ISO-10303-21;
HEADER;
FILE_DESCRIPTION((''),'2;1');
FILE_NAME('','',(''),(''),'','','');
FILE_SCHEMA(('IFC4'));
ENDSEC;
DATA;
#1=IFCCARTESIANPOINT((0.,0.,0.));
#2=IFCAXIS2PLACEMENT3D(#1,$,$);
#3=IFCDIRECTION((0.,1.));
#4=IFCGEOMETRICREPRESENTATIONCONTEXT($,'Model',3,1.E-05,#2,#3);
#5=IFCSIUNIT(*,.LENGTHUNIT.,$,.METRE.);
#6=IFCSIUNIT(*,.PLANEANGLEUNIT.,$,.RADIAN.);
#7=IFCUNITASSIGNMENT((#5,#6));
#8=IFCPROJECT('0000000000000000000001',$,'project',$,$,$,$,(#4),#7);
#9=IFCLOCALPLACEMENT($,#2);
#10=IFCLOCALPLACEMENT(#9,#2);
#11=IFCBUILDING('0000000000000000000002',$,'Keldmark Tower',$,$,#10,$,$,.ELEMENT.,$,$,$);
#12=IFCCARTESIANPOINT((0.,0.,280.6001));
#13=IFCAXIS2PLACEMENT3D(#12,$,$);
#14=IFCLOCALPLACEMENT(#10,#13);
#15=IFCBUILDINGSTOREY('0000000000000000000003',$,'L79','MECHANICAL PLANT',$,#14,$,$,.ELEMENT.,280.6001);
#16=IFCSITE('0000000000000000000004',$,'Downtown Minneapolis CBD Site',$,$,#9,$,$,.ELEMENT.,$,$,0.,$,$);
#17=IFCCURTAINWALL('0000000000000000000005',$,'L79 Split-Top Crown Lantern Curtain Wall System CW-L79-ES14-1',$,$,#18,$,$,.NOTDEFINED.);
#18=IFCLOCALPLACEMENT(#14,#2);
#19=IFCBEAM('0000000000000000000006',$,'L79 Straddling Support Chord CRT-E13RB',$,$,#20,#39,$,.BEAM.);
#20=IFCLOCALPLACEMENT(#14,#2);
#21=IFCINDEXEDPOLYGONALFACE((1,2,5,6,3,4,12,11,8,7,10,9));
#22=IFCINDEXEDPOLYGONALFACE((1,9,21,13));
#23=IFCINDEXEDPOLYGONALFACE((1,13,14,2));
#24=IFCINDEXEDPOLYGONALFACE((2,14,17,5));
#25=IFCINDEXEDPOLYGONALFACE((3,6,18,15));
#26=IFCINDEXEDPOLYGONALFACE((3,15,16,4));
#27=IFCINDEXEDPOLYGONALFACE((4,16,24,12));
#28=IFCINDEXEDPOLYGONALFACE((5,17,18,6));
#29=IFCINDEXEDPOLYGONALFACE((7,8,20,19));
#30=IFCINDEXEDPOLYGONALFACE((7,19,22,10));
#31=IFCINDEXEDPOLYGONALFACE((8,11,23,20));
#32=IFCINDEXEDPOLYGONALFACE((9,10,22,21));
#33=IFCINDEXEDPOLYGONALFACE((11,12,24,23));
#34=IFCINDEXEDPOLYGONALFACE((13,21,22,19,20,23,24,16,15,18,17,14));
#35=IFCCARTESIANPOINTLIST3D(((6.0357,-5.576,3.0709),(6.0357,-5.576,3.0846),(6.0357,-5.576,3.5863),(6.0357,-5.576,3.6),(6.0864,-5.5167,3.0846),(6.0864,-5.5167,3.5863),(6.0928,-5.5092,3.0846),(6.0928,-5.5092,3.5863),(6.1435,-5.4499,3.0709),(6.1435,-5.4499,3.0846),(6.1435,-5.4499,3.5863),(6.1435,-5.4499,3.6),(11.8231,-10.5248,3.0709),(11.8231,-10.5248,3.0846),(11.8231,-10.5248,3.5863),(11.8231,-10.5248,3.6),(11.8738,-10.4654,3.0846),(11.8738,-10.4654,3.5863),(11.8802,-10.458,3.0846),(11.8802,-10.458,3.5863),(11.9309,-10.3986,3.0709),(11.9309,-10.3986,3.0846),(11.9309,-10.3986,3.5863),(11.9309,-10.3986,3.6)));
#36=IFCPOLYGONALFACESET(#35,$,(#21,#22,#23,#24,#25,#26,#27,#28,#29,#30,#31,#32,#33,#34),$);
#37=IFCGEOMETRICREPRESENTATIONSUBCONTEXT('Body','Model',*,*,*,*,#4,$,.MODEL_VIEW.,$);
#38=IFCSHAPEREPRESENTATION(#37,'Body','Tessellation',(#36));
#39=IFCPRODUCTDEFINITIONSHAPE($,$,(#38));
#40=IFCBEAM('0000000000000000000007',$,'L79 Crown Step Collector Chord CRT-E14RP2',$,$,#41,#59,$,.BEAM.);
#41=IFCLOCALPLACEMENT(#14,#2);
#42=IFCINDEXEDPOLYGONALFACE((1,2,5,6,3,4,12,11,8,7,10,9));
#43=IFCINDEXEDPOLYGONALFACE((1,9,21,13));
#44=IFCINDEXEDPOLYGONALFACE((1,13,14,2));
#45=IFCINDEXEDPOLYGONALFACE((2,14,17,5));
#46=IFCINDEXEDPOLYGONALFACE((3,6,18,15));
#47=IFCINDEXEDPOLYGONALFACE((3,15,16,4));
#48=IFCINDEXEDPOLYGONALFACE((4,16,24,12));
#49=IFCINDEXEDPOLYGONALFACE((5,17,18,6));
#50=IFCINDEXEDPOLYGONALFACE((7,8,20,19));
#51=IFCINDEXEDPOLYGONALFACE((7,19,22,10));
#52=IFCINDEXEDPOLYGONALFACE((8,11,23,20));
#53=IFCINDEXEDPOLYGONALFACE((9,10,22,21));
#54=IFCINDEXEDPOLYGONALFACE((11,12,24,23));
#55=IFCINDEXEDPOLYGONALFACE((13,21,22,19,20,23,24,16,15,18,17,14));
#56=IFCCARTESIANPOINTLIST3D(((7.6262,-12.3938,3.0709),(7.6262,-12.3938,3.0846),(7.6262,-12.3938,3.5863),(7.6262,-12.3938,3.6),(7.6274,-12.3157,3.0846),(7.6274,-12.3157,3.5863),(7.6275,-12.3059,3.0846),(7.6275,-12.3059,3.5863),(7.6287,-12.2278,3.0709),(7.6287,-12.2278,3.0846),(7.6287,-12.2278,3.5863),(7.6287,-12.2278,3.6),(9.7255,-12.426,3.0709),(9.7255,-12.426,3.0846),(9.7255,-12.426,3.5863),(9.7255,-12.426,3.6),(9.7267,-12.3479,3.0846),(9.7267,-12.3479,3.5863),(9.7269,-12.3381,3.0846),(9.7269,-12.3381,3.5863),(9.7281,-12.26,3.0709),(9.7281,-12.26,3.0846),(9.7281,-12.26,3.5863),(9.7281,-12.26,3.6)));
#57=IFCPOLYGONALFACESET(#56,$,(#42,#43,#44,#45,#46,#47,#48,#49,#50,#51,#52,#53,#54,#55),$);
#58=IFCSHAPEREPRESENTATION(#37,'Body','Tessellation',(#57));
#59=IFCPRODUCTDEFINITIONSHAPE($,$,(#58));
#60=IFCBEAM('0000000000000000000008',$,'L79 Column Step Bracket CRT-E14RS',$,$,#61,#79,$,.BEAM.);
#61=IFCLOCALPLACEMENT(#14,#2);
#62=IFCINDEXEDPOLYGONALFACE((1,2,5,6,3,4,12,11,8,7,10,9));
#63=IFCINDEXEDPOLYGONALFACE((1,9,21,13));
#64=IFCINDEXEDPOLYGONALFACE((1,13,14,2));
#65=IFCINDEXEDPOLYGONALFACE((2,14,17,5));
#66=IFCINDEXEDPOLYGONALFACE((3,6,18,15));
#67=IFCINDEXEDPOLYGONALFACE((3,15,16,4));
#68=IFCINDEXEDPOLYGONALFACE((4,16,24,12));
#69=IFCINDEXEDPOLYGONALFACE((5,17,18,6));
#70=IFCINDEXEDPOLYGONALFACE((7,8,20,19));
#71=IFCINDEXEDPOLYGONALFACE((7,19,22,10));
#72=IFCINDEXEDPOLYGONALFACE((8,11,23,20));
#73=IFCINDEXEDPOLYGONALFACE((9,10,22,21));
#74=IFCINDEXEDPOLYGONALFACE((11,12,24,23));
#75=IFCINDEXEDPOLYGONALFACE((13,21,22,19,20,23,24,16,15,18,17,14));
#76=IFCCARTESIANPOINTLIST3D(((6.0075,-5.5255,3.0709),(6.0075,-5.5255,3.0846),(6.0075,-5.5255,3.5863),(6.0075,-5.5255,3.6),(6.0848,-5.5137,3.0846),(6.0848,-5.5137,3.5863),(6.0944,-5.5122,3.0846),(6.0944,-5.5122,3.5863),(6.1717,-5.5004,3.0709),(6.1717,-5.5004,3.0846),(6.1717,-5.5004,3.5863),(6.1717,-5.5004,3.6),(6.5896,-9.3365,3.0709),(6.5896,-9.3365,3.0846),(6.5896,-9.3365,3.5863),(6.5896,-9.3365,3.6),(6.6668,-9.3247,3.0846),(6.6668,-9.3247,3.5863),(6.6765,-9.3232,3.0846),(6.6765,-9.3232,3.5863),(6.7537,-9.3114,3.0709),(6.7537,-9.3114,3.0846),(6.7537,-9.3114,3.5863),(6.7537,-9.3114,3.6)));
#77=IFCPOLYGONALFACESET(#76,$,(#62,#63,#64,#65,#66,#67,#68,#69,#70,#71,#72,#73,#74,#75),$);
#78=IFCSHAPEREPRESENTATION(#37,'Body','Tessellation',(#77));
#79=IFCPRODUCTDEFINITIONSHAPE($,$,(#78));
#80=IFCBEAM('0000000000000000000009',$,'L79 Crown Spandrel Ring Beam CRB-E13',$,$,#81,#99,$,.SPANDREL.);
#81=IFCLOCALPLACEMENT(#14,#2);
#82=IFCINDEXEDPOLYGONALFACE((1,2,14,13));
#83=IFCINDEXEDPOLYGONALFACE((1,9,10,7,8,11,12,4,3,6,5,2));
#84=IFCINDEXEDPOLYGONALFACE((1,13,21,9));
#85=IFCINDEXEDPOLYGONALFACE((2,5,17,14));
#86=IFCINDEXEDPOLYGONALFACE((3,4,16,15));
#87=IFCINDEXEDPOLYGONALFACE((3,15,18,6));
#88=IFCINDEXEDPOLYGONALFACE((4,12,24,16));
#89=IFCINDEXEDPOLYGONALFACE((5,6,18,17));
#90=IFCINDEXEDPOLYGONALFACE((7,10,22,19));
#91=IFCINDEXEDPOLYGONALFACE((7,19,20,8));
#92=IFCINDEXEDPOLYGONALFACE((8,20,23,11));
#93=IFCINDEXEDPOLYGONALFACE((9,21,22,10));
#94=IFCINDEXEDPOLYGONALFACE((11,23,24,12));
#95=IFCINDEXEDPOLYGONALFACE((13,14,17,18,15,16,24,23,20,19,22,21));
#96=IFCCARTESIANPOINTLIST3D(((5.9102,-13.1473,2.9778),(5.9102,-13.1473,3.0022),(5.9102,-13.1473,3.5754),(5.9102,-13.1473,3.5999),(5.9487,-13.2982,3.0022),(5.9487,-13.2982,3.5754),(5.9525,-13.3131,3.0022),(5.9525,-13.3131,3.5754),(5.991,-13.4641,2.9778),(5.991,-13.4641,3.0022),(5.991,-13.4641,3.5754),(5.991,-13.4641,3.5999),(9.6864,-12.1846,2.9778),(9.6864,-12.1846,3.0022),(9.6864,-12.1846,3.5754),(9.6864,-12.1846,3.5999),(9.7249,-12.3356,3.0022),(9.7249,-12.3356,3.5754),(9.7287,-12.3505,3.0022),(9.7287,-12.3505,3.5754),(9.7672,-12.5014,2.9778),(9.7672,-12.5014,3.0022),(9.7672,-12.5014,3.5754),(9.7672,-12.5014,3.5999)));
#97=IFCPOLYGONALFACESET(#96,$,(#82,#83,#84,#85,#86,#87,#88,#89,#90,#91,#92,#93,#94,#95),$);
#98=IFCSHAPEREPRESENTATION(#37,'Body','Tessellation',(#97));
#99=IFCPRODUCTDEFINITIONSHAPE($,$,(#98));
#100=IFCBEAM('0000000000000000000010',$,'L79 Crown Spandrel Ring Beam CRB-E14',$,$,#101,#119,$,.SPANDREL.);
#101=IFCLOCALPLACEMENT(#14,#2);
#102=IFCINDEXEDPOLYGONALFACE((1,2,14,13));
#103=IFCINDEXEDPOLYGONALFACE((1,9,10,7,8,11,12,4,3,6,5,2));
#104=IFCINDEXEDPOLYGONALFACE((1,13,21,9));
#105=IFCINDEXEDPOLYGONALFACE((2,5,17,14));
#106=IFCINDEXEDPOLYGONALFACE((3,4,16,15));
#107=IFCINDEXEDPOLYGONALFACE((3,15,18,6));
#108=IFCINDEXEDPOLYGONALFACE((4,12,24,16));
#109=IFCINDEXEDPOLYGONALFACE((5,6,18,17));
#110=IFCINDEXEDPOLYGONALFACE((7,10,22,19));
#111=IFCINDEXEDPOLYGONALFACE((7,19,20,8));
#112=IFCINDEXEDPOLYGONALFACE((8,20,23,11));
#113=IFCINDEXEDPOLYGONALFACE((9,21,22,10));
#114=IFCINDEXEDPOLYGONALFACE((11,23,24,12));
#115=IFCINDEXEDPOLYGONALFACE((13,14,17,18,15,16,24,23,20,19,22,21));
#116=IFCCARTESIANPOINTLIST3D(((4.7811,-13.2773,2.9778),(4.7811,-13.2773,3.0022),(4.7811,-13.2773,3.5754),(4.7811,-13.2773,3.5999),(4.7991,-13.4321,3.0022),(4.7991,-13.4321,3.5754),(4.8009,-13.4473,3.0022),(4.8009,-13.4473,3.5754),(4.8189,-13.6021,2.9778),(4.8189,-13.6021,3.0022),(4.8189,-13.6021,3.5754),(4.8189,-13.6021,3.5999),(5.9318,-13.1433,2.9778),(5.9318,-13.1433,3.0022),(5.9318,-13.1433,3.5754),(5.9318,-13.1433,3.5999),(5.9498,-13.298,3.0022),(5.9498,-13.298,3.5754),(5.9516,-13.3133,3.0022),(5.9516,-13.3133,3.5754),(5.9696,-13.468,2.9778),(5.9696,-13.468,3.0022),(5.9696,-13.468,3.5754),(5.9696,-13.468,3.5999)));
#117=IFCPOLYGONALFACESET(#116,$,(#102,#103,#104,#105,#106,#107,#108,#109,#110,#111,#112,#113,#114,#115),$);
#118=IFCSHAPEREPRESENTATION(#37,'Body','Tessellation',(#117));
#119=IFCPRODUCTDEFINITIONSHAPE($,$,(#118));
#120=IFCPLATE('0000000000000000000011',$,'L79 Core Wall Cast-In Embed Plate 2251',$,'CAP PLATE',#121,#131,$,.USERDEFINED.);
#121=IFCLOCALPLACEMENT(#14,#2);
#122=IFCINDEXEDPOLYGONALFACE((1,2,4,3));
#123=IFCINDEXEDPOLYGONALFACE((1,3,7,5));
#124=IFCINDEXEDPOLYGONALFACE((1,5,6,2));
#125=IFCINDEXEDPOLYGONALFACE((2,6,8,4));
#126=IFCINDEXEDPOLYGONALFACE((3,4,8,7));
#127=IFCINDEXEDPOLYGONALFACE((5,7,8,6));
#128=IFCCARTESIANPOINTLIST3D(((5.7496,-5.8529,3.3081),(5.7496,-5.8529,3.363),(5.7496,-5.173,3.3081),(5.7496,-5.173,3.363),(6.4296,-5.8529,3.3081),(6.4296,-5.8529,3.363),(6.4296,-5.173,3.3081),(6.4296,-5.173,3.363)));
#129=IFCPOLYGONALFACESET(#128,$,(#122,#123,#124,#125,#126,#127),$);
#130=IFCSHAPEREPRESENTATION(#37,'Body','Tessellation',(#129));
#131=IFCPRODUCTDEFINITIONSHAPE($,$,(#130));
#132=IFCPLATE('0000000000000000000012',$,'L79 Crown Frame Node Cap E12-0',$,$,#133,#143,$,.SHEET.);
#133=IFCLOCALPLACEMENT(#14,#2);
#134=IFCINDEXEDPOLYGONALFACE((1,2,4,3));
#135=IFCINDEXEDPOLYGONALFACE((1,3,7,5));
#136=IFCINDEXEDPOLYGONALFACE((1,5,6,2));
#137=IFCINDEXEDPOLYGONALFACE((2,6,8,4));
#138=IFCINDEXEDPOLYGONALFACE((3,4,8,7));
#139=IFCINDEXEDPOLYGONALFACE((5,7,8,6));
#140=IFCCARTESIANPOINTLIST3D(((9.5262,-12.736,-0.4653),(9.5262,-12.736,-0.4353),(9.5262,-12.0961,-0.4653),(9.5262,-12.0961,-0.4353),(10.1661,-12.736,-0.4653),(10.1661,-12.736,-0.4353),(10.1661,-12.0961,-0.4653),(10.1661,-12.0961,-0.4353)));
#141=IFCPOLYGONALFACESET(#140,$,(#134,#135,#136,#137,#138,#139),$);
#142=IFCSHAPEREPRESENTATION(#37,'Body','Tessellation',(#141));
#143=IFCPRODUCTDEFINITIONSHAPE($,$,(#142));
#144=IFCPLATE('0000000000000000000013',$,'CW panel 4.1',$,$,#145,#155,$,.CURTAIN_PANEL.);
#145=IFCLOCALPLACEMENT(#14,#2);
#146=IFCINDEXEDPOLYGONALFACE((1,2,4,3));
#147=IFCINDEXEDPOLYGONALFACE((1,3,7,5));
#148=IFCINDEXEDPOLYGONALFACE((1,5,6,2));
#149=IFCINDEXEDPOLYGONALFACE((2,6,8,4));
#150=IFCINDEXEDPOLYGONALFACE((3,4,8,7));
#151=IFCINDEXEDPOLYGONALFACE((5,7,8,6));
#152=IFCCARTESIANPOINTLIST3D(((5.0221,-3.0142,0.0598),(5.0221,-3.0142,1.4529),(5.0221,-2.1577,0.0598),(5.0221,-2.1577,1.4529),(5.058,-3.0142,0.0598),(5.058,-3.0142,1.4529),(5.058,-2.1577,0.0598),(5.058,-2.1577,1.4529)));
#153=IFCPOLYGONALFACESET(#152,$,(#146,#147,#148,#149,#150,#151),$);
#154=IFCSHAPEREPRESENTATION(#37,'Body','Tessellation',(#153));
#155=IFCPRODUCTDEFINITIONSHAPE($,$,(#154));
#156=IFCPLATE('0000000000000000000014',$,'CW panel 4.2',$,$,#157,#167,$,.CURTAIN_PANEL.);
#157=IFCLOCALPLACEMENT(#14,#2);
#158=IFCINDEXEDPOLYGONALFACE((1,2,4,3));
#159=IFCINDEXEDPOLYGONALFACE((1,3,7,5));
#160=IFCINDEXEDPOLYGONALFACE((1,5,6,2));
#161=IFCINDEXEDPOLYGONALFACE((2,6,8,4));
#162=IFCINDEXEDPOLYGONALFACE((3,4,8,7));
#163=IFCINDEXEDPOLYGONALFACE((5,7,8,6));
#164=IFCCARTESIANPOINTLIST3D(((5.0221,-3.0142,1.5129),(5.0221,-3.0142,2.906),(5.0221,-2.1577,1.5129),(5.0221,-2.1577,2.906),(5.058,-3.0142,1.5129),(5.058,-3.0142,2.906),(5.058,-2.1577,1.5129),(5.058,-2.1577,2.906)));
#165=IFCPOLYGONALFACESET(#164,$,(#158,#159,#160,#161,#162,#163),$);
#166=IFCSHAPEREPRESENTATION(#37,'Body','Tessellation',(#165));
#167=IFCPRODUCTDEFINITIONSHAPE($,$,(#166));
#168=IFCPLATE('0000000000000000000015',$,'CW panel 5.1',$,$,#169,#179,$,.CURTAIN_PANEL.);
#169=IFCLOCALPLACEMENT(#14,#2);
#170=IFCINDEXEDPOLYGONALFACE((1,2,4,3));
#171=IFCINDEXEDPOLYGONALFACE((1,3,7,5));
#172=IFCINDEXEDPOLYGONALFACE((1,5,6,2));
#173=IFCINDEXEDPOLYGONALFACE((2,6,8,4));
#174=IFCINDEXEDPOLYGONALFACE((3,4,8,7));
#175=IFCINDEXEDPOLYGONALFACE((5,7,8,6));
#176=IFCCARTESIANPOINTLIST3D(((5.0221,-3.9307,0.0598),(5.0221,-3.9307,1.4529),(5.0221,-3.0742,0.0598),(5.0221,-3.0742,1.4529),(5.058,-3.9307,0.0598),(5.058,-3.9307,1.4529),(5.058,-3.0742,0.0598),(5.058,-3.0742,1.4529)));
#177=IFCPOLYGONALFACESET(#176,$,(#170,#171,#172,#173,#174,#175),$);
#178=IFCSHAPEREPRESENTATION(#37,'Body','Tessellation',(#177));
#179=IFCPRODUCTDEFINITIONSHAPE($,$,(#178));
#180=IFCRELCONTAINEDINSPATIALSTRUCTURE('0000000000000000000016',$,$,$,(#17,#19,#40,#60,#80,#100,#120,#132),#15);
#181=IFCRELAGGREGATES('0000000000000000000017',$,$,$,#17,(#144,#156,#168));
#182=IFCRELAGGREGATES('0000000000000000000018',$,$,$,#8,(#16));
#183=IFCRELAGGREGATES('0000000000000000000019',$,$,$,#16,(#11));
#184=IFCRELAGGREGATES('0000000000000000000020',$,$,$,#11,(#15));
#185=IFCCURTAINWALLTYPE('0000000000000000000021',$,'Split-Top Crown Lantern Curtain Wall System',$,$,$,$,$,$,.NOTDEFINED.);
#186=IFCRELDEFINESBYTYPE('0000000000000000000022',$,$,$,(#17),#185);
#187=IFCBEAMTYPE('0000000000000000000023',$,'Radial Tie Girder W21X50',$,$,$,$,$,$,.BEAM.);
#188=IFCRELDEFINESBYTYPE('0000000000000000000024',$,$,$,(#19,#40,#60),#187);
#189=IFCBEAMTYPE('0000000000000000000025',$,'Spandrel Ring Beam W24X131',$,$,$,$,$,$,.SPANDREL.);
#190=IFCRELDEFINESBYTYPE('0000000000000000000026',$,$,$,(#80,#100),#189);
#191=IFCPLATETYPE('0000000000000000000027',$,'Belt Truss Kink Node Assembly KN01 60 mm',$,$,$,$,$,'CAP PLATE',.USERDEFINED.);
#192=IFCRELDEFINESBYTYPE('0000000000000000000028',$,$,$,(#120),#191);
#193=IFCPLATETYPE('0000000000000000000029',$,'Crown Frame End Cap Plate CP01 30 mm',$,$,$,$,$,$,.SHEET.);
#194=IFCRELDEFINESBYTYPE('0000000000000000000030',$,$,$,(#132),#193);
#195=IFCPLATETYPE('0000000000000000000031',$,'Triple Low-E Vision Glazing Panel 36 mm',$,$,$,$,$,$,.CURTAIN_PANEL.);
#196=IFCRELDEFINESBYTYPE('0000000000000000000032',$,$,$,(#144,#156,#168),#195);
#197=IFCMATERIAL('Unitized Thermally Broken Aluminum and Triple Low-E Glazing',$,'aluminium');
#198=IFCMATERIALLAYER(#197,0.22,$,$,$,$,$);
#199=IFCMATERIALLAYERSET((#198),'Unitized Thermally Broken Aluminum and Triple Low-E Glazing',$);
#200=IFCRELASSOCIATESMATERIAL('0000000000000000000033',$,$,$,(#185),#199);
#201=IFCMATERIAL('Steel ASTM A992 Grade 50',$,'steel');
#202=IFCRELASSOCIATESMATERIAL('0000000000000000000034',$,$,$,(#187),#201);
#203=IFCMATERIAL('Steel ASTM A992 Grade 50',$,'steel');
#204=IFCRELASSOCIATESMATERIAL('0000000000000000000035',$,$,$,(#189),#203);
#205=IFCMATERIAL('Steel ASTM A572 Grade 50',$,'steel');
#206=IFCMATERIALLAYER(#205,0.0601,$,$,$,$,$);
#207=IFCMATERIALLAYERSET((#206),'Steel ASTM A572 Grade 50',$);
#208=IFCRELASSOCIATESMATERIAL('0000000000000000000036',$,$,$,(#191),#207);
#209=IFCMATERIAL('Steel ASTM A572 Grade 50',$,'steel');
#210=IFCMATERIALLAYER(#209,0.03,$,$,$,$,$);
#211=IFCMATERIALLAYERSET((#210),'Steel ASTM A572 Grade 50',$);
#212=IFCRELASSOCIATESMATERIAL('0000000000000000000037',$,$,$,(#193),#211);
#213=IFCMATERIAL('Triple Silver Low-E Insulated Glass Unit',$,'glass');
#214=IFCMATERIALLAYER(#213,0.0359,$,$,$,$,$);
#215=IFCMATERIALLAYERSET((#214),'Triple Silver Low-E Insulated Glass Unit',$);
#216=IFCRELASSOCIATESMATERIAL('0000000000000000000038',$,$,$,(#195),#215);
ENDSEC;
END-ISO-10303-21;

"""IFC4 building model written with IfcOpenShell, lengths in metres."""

from ifc_helpers import new_model, si_unit, direction, frame, origin, origin_2d, place, context, subcontext, project, spatial, rectangle, i_section, extrude, material, layer, layer_set, material_profile, profile_set, type_object, element, aggregate, save


model = new_model("IFC4")

# Units and contexts
model_context = context("Model", 3, precision=1e-05, world=origin(), true_north=direction((0.0, 1.0)))
body_context = subcontext(model_context, "Body", "Model", "MODEL_VIEW")
ifc_project = project(units=[si_unit("LENGTHUNIT", "METRE"), si_unit("PLANEANGLEUNIT", "RADIAN")], contexts=[model_context])

# Site, building, storey
site_placement = place(None, origin())
site = spatial("IfcSite", under=ifc_project, at=site_placement, Name="Downtown Minneapolis CBD Site", CompositionType="ELEMENT", RefElevation=0.0)
building_placement = place(site_placement, origin())
building = spatial("IfcBuilding", under=site, at=building_placement, Name="Keldmark Tower", CompositionType="ELEMENT")
storey_placement = place(building_placement, frame((0.0, 0.0, 280.6001)))
storey = spatial("IfcBuildingStorey", under=building, at=storey_placement, Name="L79", Description="MECHANICAL PLANT", CompositionType="ELEMENT", Elevation=280.6001)

# Curtain wall
ifc_material_1 = material(Name="Unitized Thermally Broken Aluminum and Triple Low-E Glazing", Category="aluminium")
ifc_layer_1 = layer(ifc_material_1, 0.22)
ifc_layer_set_1 = layer_set([ifc_layer_1], Name="Unitized Thermally Broken Aluminum and Triple Low-E Glazing")
curtain_wall_type = type_object("IfcCurtainWallType", Name="Split-Top Crown Lantern Curtain Wall System", PredefinedType="NOTDEFINED", material=ifc_layer_set_1)
curtain_wall_placement = place(storey_placement, origin())
curtain_wall = element("IfcCurtainWall", 1, at=curtain_wall_placement, inside=storey, type_object=curtain_wall_type, Name="L79 Split-Top Crown Lantern Curtain Wall System CW-L79-ES14-1", PredefinedType="NOTDEFINED")

# Beams
ifc_material_2 = material(Name="Steel ASTM A992 Grade 50", Category="steel")
ifc_material_profile_1 = material_profile(ifc_material_2, i_section(OverallWidth=0.166, OverallDepth=0.5291, WebThickness=0.0098, FlangeThickness=0.0137, at=origin_2d()), Name="W21X50")
ifc_profile_set_1 = profile_set([ifc_material_profile_1], Name="Steel ASTM A992 Grade 50")
beam_type_1 = type_object("IfcBeamType", Name="Radial Tie Girder W21X50", PredefinedType="BEAM", material=ifc_profile_set_1)
beam_1_placement = place(storey_placement, frame((6.0896, -5.5129, 3.3354), z_axis=(0.760026, -0.649893, 0.0), x_axis=(0.649893, 0.760026, 0.0)))
element("IfcBeam", 2, at=beam_1_placement, inside=storey, type_object=beam_type_1, Name="L79 Straddling Support Chord CRT-E13RB", PredefinedType="BEAM", context=body_context, shape_type="SweptSolid", body=[
    extrude(i_section(OverallWidth=0.166, OverallDepth=0.5291, WebThickness=0.0098, FlangeThickness=0.0137, at=origin_2d()), origin(), (0.0, 0.0, 1.0), 7.6147),
])
beam_2_placement = place(storey_placement, frame((7.6274, -12.3108, 3.3354), z_axis=(0.999882, -0.015349, 0.0), x_axis=(0.015349, 0.999882, 0.0)))
element("IfcBeam", 3, at=beam_2_placement, inside=storey, type_object=beam_type_1, Name="L79 Crown Step Collector Chord CRT-E14RP2", PredefinedType="BEAM", context=body_context, shape_type="SweptSolid", body=[
    extrude(i_section(OverallWidth=0.166, OverallDepth=0.5291, WebThickness=0.0098, FlangeThickness=0.0137, at=origin_2d()), origin(), (0.0, 0.0, 1.0), 2.0996),
])
beam_3_placement = place(storey_placement, frame((6.0896, -5.5129, 3.3354), z_axis=(0.150972, -0.988538, 0.0), x_axis=(0.988538, 0.150972, 0.0)))
element("IfcBeam", 4, at=beam_3_placement, inside=storey, type_object=beam_type_1, Name="L79 Column Step Bracket CRT-E14RS", PredefinedType="BEAM", context=body_context, shape_type="SweptSolid", body=[
    extrude(i_section(OverallWidth=0.166, OverallDepth=0.5291, WebThickness=0.0098, FlangeThickness=0.0137, at=origin_2d()), origin(), (0.0, 0.0, 1.0), 3.8552),
])
ifc_material_3 = material(Name="Steel ASTM A992 Grade 50", Category="steel")
ifc_material_profile_2 = material_profile(ifc_material_3, i_section(OverallWidth=0.3269, OverallDepth=0.6221, WebThickness=0.0154, FlangeThickness=0.0244, at=origin_2d()), Name="W24X131")
ifc_profile_set_2 = profile_set([ifc_material_profile_2], Name="Steel ASTM A992 Grade 50")
beam_type_2 = type_object("IfcBeamType", Name="Spandrel Ring Beam W24X131", PredefinedType="SPANDREL", material=ifc_profile_set_2)
beam_4_placement = place(storey_placement, frame((9.7268, -12.343, 3.2888), z_axis=(-0.969008, -0.247029, 0.0), x_axis=(0.247029, -0.969008, 0.0)))
element("IfcBeam", 5, at=beam_4_placement, inside=storey, type_object=beam_type_2, Name="L79 Crown Spandrel Ring Beam CRB-E13", PredefinedType="SPANDREL", context=body_context, shape_type="SweptSolid", body=[
    extrude(i_section(OverallWidth=0.3269, OverallDepth=0.6221, WebThickness=0.0154, FlangeThickness=0.0244, at=origin_2d()), origin(), (0.0, 0.0, 1.0), 3.897),
])
beam_5_placement = place(storey_placement, frame((5.9507, -13.3057, 3.2888), z_axis=(-0.993284, -0.115704, 0.0), x_axis=(0.115704, -0.993284, 0.0)))
element("IfcBeam", 6, at=beam_5_placement, inside=storey, type_object=beam_type_2, Name="L79 Crown Spandrel Ring Beam CRB-E14", PredefinedType="SPANDREL", context=body_context, shape_type="SweptSolid", body=[
    extrude(i_section(OverallWidth=0.3269, OverallDepth=0.6221, WebThickness=0.0154, FlangeThickness=0.0244, at=origin_2d()), origin(), (0.0, 0.0, 1.0), 1.1584),
])

# Plates
ifc_material_4 = material(Name="Steel ASTM A572 Grade 50", Category="steel")
ifc_layer_2 = layer(ifc_material_4, 0.0601)
ifc_layer_set_2 = layer_set([ifc_layer_2], Name="Steel ASTM A572 Grade 50")
plate_type_1 = type_object("IfcPlateType", Name="Belt Truss Kink Node Assembly KN01 60 mm", ElementType="CAP PLATE", PredefinedType="USERDEFINED", material=ifc_layer_set_2)
plate_1_placement = place(storey_placement, frame((6.0896, -5.5129, 3.3081), z_axis=(0.0, 0.0, 1.0), x_axis=(1.0, 0.0, 0.0)))
element("IfcPlate", 7, at=plate_1_placement, inside=storey, type_object=plate_type_1, Name="L79 Core Wall Cast-In Embed Plate 2251", ObjectType="CAP PLATE", PredefinedType="USERDEFINED", context=body_context, shape_type="SweptSolid", body=[
    extrude(rectangle(XDim=0.6799, YDim=0.6799, at=origin_2d()), origin(), (0.0, 0.0, 1.0), 0.0549),
])
ifc_material_5 = material(Name="Steel ASTM A572 Grade 50", Category="steel")
ifc_layer_3 = layer(ifc_material_5, 0.03)
ifc_layer_set_3 = layer_set([ifc_layer_3], Name="Steel ASTM A572 Grade 50")
plate_type_2 = type_object("IfcPlateType", Name="Crown Frame End Cap Plate CP01 30 mm", PredefinedType="SHEET", material=ifc_layer_set_3)
plate_2_placement = place(storey_placement, frame((9.8462, -12.416, -0.4653), z_axis=(0.0, 0.0, 1.0), x_axis=(1.0, 0.0, 0.0)))
element("IfcPlate", 8, at=plate_2_placement, inside=storey, type_object=plate_type_2, Name="L79 Crown Frame Node Cap E12-0", PredefinedType="SHEET", context=body_context, shape_type="SweptSolid", body=[
    extrude(rectangle(XDim=0.6399, YDim=0.6399, at=origin_2d()), origin(), (0.0, 0.0, 1.0), 0.03),
])

# Plates
ifc_material_6 = material(Name="Triple Silver Low-E Insulated Glass Unit", Category="glass")
ifc_layer_4 = layer(ifc_material_6, 0.0359)
ifc_layer_set_4 = layer_set([ifc_layer_4], Name="Triple Silver Low-E Insulated Glass Unit")
plate_type_3 = type_object("IfcPlateType", Name="Triple Low-E Vision Glazing Panel 36 mm", PredefinedType="CURTAIN_PANEL", material=ifc_layer_set_4)
plate_3_placement = place(storey_placement, frame((5.04, -2.5859, 0.0598), z_axis=(0.0, 0.0, 1.0), x_axis=(0.0, -1.0, 0.0)))
plate_3 = element("IfcPlate", 9, at=plate_3_placement, type_object=plate_type_3, Name="CW panel 4.1", PredefinedType="CURTAIN_PANEL", context=body_context, shape_type="SweptSolid", body=[
    extrude(rectangle(XDim=0.8564, YDim=0.0359, at=origin_2d()), origin(), (0.0, 0.0, 1.0), 1.3931),
])
plate_4_placement = place(storey_placement, frame((5.04, -2.5859, 1.5129), z_axis=(0.0, 0.0, 1.0), x_axis=(0.0, -1.0, 0.0)))
plate_4 = element("IfcPlate", 10, at=plate_4_placement, type_object=plate_type_3, Name="CW panel 4.2", PredefinedType="CURTAIN_PANEL", context=body_context, shape_type="SweptSolid", body=[
    extrude(rectangle(XDim=0.8564, YDim=0.0359, at=origin_2d()), origin(), (0.0, 0.0, 1.0), 1.3931),
])
plate_5_placement = place(storey_placement, frame((5.04, -3.5024, 0.0598), z_axis=(0.0, 0.0, 1.0), x_axis=(0.0, -1.0, 0.0)))
plate_5 = element("IfcPlate", 11, at=plate_5_placement, type_object=plate_type_3, Name="CW panel 5.1", PredefinedType="CURTAIN_PANEL", context=body_context, shape_type="SweptSolid", body=[
    extrude(rectangle(XDim=0.8564, YDim=0.0359, at=origin_2d()), origin(), (0.0, 0.0, 1.0), 1.3931),
])
aggregate(curtain_wall, [plate_3, plate_4, plate_5])

save(model, "model.ifc")
